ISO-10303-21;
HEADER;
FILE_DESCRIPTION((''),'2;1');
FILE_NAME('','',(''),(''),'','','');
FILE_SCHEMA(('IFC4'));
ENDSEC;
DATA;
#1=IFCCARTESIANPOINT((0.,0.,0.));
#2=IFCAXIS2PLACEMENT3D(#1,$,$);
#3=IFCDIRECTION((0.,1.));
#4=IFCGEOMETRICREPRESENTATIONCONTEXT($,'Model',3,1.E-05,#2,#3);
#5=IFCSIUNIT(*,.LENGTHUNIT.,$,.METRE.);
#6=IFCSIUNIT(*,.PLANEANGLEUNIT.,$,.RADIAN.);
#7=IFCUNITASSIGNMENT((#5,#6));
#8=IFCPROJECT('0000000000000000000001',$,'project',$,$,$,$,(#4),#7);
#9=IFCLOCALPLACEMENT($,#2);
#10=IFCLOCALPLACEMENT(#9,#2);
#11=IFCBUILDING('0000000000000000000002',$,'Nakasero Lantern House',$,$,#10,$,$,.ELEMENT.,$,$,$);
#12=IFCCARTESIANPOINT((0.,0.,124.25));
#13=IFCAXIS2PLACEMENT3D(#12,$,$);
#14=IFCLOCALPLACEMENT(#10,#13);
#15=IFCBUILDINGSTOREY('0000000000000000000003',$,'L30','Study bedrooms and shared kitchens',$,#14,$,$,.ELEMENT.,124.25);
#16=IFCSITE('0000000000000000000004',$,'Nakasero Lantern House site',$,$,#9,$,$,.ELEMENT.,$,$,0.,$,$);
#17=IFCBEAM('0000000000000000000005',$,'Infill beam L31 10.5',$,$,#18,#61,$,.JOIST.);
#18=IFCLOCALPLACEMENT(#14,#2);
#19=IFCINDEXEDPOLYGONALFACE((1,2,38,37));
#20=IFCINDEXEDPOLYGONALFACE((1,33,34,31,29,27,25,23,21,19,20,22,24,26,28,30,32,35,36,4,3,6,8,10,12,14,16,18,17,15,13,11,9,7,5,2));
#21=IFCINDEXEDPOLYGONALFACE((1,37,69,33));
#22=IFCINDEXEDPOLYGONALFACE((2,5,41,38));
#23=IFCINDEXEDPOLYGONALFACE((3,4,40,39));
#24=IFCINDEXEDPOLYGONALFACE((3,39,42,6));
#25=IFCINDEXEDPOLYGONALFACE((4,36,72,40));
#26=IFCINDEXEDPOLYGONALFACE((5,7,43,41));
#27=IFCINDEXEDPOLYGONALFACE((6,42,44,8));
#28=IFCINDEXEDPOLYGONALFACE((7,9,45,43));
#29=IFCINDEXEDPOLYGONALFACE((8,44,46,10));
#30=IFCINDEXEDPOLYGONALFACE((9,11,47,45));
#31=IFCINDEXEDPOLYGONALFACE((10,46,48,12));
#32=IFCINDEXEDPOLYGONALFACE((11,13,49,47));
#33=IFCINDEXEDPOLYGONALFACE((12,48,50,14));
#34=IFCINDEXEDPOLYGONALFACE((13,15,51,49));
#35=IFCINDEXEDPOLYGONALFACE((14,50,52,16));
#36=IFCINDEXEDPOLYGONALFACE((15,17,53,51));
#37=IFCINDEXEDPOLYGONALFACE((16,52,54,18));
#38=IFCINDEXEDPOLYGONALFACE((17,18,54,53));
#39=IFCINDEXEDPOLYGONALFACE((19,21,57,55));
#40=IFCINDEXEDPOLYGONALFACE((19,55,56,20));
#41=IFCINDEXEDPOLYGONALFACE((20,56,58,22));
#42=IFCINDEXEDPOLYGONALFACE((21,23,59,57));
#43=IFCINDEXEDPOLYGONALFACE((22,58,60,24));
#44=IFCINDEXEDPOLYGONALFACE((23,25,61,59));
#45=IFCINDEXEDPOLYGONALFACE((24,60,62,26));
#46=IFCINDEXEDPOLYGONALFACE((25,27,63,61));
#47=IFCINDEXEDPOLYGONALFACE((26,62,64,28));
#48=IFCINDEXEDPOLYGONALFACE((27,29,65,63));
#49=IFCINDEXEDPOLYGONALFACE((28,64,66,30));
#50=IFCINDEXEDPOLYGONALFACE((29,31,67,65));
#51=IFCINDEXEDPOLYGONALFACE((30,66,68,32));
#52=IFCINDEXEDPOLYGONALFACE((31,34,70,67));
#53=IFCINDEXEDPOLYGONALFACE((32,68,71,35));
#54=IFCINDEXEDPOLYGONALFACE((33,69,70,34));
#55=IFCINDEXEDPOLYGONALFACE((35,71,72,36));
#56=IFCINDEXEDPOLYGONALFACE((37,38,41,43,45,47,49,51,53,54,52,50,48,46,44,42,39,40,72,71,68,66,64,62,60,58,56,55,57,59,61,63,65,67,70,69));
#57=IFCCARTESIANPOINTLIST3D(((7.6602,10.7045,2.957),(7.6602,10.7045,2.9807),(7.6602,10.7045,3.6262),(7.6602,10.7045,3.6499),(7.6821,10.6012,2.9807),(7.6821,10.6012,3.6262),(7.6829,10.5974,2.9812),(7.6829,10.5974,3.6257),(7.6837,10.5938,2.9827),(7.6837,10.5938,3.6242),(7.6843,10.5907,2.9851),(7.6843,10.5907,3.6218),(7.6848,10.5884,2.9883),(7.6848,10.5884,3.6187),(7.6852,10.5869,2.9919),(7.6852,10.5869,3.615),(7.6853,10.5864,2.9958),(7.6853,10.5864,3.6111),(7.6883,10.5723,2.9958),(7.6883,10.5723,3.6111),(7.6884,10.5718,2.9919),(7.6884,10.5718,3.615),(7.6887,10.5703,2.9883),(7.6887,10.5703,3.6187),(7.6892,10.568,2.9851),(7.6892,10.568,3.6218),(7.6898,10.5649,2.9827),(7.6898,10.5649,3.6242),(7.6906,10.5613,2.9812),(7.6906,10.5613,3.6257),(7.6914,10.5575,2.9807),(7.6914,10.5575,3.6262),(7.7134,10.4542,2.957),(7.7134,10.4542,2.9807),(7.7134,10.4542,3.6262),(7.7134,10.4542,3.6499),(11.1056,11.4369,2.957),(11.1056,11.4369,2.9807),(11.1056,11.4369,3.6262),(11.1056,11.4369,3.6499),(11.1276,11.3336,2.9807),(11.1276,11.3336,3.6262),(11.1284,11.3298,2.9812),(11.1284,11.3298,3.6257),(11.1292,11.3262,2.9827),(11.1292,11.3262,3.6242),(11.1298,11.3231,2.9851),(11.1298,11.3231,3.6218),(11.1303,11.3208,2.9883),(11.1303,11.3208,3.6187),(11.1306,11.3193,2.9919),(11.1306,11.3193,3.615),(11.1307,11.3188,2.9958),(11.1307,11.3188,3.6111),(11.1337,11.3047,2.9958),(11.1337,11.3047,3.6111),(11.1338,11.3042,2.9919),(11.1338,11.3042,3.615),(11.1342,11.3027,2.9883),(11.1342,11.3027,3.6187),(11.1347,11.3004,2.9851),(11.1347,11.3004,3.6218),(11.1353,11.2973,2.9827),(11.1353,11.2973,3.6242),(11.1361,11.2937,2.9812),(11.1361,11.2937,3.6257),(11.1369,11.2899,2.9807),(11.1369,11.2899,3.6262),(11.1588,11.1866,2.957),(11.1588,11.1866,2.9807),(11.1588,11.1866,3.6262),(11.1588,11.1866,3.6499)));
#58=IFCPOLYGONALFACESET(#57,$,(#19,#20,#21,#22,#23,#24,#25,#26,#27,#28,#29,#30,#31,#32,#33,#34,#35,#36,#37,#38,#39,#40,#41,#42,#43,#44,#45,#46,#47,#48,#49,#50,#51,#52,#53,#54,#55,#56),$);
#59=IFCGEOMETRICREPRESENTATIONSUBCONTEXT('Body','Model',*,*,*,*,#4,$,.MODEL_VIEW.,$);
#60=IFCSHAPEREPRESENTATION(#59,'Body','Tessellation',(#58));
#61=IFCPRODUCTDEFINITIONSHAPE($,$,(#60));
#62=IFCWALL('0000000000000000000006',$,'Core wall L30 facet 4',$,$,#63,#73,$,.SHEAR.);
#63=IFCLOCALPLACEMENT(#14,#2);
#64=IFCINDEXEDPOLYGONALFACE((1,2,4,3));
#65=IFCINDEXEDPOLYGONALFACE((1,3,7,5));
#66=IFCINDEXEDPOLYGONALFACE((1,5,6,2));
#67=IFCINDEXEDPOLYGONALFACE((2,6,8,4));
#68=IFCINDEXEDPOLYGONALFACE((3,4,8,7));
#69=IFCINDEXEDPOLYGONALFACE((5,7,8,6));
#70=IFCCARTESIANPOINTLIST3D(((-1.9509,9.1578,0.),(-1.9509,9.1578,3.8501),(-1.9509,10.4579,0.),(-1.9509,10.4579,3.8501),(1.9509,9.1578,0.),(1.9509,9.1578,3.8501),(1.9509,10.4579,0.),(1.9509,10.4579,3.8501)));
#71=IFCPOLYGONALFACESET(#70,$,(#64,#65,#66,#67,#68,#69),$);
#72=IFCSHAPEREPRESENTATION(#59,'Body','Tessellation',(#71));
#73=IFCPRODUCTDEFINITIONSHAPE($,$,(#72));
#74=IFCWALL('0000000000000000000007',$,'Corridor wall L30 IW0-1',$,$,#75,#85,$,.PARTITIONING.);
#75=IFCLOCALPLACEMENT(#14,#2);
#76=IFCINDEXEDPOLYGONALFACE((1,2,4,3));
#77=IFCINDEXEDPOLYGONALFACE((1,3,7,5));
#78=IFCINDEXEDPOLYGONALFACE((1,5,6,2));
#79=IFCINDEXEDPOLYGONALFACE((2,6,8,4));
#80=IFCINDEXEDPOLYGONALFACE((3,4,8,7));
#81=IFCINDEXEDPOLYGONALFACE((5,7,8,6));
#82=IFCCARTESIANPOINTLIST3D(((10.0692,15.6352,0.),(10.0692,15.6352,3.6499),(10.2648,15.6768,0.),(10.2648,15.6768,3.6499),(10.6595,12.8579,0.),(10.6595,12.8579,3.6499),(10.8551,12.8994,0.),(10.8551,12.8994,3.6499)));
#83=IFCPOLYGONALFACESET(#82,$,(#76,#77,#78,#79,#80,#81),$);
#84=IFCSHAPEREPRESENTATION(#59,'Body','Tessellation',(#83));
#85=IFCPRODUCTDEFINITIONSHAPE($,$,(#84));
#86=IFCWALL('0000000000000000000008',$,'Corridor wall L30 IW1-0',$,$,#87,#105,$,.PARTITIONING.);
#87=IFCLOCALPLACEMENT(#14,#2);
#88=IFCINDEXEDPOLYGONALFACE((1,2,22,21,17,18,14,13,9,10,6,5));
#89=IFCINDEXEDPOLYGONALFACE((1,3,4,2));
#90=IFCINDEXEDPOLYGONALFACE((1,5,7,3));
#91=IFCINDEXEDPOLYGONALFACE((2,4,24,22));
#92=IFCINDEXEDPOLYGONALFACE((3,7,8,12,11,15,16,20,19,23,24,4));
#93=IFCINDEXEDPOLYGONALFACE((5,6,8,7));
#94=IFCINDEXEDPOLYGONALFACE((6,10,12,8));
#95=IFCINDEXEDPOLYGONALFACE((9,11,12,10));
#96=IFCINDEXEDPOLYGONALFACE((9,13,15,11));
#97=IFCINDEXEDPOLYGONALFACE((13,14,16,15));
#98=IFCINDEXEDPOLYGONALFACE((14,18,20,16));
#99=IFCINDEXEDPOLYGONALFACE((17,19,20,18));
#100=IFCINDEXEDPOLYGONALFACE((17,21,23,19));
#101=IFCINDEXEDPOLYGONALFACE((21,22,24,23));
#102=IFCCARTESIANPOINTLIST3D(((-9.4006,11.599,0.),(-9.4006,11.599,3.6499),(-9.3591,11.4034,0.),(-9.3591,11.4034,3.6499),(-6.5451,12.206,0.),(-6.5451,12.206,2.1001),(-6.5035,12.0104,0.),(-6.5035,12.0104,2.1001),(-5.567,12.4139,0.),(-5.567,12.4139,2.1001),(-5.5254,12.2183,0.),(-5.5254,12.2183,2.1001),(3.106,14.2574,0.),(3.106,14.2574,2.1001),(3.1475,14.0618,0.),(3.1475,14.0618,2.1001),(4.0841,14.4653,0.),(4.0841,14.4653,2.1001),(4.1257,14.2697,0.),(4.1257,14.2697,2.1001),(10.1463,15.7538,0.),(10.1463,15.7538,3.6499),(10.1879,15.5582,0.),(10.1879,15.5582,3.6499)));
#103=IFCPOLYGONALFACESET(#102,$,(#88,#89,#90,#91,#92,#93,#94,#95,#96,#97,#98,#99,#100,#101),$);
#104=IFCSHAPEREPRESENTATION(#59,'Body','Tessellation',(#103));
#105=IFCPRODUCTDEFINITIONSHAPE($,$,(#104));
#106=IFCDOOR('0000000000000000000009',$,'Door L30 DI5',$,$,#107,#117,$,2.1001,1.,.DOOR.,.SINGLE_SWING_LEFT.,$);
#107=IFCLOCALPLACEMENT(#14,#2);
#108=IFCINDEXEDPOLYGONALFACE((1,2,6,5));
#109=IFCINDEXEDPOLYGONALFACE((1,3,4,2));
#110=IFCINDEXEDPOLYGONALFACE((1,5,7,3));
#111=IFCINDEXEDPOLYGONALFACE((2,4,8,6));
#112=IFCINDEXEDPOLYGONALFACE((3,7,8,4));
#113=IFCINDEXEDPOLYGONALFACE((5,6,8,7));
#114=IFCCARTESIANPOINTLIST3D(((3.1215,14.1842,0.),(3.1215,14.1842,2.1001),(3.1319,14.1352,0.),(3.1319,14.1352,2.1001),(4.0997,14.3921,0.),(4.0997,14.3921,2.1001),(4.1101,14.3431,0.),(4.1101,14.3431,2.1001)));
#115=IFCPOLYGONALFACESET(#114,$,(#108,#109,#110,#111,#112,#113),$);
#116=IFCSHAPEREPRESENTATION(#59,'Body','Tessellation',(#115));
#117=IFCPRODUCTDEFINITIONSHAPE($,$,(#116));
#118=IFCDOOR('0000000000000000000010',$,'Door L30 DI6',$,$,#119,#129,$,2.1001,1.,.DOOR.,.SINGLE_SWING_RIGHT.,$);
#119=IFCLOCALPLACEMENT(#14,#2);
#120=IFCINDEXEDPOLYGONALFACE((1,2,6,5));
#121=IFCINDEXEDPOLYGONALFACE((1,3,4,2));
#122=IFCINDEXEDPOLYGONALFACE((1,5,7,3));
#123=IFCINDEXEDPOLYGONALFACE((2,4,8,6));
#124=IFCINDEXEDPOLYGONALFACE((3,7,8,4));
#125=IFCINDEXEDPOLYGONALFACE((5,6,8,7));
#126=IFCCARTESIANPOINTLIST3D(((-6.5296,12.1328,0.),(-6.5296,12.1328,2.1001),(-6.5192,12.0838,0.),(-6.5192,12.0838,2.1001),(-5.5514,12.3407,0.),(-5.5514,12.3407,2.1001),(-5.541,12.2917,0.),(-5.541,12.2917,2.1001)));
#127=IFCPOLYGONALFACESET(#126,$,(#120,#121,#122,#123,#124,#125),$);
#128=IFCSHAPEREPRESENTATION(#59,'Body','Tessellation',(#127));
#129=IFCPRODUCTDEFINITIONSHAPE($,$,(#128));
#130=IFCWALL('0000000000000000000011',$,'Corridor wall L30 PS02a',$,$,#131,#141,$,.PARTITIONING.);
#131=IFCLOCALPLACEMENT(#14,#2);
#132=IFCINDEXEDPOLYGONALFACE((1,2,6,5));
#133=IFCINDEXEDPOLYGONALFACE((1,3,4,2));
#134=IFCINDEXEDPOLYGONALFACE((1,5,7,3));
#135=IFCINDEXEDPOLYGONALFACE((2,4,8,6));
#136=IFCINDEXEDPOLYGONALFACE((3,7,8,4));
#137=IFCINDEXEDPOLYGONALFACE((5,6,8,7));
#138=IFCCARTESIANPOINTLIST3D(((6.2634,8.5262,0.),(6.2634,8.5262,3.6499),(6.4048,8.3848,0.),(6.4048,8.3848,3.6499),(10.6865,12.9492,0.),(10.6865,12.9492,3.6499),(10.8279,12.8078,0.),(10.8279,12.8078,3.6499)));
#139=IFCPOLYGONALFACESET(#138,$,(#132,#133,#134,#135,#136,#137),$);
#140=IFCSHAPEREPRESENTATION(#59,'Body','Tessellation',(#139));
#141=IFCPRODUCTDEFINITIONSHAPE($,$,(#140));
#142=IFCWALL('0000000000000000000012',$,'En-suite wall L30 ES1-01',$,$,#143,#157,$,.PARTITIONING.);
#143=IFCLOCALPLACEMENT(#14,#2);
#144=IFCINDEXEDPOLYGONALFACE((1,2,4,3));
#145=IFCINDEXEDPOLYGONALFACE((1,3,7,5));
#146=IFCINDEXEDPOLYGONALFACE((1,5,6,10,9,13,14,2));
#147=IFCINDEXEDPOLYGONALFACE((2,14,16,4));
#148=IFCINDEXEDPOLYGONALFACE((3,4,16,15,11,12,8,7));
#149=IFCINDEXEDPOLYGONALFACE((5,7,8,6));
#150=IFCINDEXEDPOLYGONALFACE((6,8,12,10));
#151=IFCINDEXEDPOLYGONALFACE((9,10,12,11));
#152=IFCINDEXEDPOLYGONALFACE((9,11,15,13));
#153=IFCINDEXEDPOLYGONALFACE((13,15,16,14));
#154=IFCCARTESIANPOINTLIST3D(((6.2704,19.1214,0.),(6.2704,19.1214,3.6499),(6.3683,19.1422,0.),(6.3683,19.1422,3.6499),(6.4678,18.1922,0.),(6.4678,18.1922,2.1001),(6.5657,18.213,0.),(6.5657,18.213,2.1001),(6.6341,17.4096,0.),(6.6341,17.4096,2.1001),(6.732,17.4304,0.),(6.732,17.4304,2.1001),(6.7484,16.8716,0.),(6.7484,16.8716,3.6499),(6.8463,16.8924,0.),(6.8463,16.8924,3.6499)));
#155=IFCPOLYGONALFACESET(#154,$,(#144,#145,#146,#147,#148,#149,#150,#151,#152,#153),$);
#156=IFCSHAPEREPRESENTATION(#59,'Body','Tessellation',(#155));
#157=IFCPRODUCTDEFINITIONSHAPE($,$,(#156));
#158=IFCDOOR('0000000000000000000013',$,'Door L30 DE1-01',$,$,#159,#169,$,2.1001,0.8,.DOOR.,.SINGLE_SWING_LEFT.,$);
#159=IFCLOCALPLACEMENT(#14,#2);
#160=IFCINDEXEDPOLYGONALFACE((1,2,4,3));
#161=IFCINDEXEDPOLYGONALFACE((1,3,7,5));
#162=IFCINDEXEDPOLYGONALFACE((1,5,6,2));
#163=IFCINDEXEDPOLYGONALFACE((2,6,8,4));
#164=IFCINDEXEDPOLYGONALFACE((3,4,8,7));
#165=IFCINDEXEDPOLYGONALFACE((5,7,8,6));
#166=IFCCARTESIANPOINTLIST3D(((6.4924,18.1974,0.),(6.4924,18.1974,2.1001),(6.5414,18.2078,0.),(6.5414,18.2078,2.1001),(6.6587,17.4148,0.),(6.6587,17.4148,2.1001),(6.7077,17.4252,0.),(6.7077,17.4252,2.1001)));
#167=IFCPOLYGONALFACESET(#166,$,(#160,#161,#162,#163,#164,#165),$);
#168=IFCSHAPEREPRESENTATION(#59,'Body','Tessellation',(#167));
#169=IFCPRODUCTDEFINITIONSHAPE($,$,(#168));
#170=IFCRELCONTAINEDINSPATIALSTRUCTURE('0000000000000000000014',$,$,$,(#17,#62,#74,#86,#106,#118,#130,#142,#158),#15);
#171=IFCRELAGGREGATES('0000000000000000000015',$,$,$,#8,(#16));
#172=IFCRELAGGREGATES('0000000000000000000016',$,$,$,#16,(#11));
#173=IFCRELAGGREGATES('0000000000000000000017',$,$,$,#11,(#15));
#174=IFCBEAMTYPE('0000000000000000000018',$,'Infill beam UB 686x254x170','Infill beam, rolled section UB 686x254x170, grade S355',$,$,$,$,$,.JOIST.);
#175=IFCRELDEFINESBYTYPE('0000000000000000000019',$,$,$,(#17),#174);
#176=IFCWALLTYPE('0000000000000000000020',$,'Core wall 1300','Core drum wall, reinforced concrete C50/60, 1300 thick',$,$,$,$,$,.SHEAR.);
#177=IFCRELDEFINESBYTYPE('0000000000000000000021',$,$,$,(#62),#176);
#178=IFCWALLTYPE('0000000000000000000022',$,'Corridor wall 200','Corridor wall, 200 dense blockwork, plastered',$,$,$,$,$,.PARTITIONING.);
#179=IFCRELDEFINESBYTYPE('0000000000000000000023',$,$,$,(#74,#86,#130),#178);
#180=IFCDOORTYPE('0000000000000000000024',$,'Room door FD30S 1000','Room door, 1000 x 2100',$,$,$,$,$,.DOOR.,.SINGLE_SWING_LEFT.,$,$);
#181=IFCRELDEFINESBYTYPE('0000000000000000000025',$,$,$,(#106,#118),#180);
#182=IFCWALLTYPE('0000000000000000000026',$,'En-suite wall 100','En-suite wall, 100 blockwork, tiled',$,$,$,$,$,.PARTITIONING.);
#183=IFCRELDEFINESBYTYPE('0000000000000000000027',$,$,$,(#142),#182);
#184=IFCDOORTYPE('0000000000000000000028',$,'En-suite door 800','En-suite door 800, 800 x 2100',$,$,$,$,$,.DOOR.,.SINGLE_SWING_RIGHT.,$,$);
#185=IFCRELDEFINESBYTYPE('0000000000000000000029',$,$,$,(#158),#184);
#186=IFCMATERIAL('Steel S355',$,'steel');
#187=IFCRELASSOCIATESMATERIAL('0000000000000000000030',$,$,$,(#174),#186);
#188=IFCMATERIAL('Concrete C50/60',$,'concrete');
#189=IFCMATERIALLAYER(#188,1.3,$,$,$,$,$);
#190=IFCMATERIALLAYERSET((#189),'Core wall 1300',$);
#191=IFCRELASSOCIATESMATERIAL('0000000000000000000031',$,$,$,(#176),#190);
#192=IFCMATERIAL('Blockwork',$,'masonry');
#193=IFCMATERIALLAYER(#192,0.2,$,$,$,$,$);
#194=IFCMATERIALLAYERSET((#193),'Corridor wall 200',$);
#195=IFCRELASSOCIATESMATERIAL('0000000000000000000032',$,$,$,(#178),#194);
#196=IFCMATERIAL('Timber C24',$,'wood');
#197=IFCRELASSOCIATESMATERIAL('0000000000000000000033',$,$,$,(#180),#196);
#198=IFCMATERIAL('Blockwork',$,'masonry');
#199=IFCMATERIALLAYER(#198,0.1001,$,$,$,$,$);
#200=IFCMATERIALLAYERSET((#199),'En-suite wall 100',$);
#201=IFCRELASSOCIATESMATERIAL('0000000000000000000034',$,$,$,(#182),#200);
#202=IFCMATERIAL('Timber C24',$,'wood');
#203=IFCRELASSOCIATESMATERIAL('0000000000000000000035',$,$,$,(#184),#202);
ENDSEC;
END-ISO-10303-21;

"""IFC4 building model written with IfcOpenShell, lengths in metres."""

from ifc_helpers import new_model, si_unit, direction, frame, frame_2d, origin, origin_2d, place, context, subcontext, project, spatial, rectangle, i_section, extrude, material, layer, layer_set, material_profile, profile_set, type_object, element, fill, save


model = new_model("IFC4")

# Units and contexts
model_context = context("Model", 3, precision=1e-05, world=origin(), true_north=direction((0.0, 1.0)))
body_context = subcontext(model_context, "Body", "Model", "MODEL_VIEW")
ifc_project = project(units=[si_unit("LENGTHUNIT", "METRE"), si_unit("PLANEANGLEUNIT", "RADIAN")], contexts=[model_context])

# Site, building, storey
site_placement = place(None, origin())
site = spatial("IfcSite", under=ifc_project, at=site_placement, Name="Nakasero Lantern House site", CompositionType="ELEMENT", RefElevation=0.0)
building_placement = place(site_placement, origin())
building = spatial("IfcBuilding", under=site, at=building_placement, Name="Nakasero Lantern House", CompositionType="ELEMENT")
storey_placement = place(building_placement, frame((0.0, 0.0, 124.25)))
storey = spatial("IfcBuildingStorey", under=building, at=storey_placement, Name="L30", Description="Study bedrooms and shared kitchens", CompositionType="ELEMENT", Elevation=124.25)

# Beam
ifc_material_1 = material(Name="Steel S355", Category="steel")
ifc_material_profile_1 = material_profile(ifc_material_1, i_section(OverallWidth=0.2559, OverallDepth=0.6929, WebThickness=0.0144, FlangeThickness=0.0237, FilletRadius=0.0151, at=origin_2d()), Name="UB 686x254x170")
ifc_profile_set_1 = profile_set([ifc_material_profile_1], Name="Steel S355")
beam_type_1 = type_object("IfcBeamType", Name="Infill beam UB 686x254x170", Description="Infill beam, rolled section UB 686x254x170, grade S355", PredefinedType="JOIST", material=ifc_profile_set_1)
beam_1_placement = place(storey_placement, frame((7.6868, 10.5793, 3.3035), z_axis=(0.978145, 0.207924, 0.0), x_axis=(-0.207924, 0.978145, 0.0)))
element("IfcBeam", 1, at=beam_1_placement, inside=storey, type_object=beam_type_1, Name="Infill beam L31 10.5", PredefinedType="JOIST", context=body_context, shape_type="SweptSolid", body=[
    extrude(i_section(OverallWidth=0.2559, OverallDepth=0.6929, WebThickness=0.0144, FlangeThickness=0.0237, FilletRadius=0.0151, at=origin_2d()), origin(), (0.0, 0.0, 1.0), 3.5225),
])

# Walls
ifc_material_2 = material(Name="Concrete C50/60", Category="concrete")
ifc_layer_1 = layer(ifc_material_2, 1.3)
ifc_layer_set_1 = layer_set([ifc_layer_1], Name="Core wall 1300")
wall_type_1 = type_object("IfcWallType", Name="Core wall 1300", Description="Core drum wall, reinforced concrete C50/60, 1300 thick", PredefinedType="SHEAR", material=ifc_layer_set_1)
wall_1_placement = place(storey_placement, frame((1.9509, 9.8079, 0.0), z_axis=(0.0, 0.0, 1.0), x_axis=(-1.0, 0.0, 0.0)))
element("IfcWall", 2, at=wall_1_placement, inside=storey, type_object=wall_type_1, Name="Core wall L30 facet 4", PredefinedType="SHEAR", context=body_context, shape_type="SweptSolid", body=[
    extrude(rectangle(XDim=3.9019, YDim=1.3, at=frame_2d((1.9509, 0.0))), origin(), (0.0, 0.0, 1.0), 3.8501),
])
ifc_material_3 = material(Name="Blockwork", Category="masonry")
ifc_layer_2 = layer(ifc_material_3, 0.2)
ifc_layer_set_2 = layer_set([ifc_layer_2], Name="Corridor wall 200")
wall_type_2 = type_object("IfcWallType", Name="Corridor wall 200", Description="Corridor wall, 200 dense blockwork, plastered", PredefinedType="PARTITIONING", material=ifc_layer_set_2)
wall_2_placement = place(storey_placement, frame((10.7573, 12.8787, 0.0), z_axis=(0.0, 0.0, 1.0), x_axis=(-0.207908, 0.978148, 0.0)))
element("IfcWall", 3, at=wall_2_placement, inside=storey, type_object=wall_type_2, Name="Corridor wall L30 IW0-1", PredefinedType="PARTITIONING", context=body_context, shape_type="SweptSolid", body=[
    extrude(rectangle(XDim=2.8394, YDim=0.2, at=frame_2d((1.4197, 0.0))), origin(), (0.0, 0.0, 1.0), 3.6499),
])

# Wall, openings, doors
wall_3_placement = place(storey_placement, frame((10.167, 15.656, 0.0), z_axis=(0.0, 0.0, 1.0), x_axis=(-0.978148, -0.20791, 0.0)))
wall_3 = element("IfcWall", 4, at=wall_3_placement, inside=storey, type_object=wall_type_2, Name="Corridor wall L30 IW1-0", PredefinedType="PARTITIONING", context=body_context, shape_type="SweptSolid", body=[
    extrude(rectangle(XDim=19.9836, YDim=0.2, at=frame_2d((9.9917, 0.0))), origin(), (0.0, 0.0, 1.0), 3.6499),
])
opening_1_placement = place(wall_3_placement, frame((6.1975, 0.0, 0.0)))
opening_1 = element("IfcOpeningElement", 5, at=opening_1_placement, cuts=wall_3, PredefinedType="OPENING", context=body_context, shape_type="SweptSolid", body=[
    extrude(rectangle(XDim=1.0, YDim=2.1001, at=frame_2d((0.5, 1.05))), frame((0.0, 0.1199, 0.0), z_axis=(0.0, -1.0, 0.0), x_axis=(1.0, 0.0, 0.0)), (0.0, 0.0, 1.0), 0.24),
])
opening_2_placement = place(wall_3_placement, frame((16.0642, 0.0, 0.0)))
opening_2 = element("IfcOpeningElement", 6, at=opening_2_placement, cuts=wall_3, PredefinedType="OPENING", context=body_context, shape_type="SweptSolid", body=[
    extrude(rectangle(XDim=1.0, YDim=2.1001, at=frame_2d((0.5, 1.05))), frame((0.0, 0.1199, 0.0), z_axis=(0.0, -1.0, 0.0), x_axis=(1.0, 0.0, 0.0)), (0.0, 0.0, 1.0), 0.24),
])
ifc_material_4 = material(Name="Timber C24", Category="wood")
door_type_1 = type_object("IfcDoorType", Name="Room door FD30S 1000", Description="Room door, 1000 x 2100", OperationType="SINGLE_SWING_LEFT", PredefinedType="DOOR", material=ifc_material_4)
door_1_placement = place(opening_1_placement, origin())
door_1 = element("IfcDoor", 7, at=door_1_placement, inside=storey, type_object=door_type_1, Name="Door L30 DI5", OperationType="SINGLE_SWING_LEFT", OverallHeight=2.1001, OverallWidth=1.0, PredefinedType="DOOR", context=body_context, shape_type="SweptSolid", body=[
    extrude(rectangle(XDim=1.0, YDim=2.1001, at=frame_2d((0.5, 1.05))), frame((0.0, 0.0249, 0.0), z_axis=(0.0, -1.0, 0.0), x_axis=(1.0, 0.0, 0.0)), (0.0, 0.0, 1.0), 0.05),
])
fill(opening_1, door_1)
door_2_placement = place(opening_2_placement, origin())
door_2 = element("IfcDoor", 8, at=door_2_placement, inside=storey, type_object=door_type_1, Name="Door L30 DI6", OperationType="SINGLE_SWING_RIGHT", OverallHeight=2.1001, OverallWidth=1.0, PredefinedType="DOOR", context=body_context, shape_type="SweptSolid", body=[
    extrude(rectangle(XDim=1.0, YDim=2.1001, at=frame_2d((0.5, 1.05))), frame((0.0, 0.0249, 0.0), z_axis=(0.0, -1.0, 0.0), x_axis=(1.0, 0.0, 0.0)), (0.0, 0.0, 1.0), 0.05),
])
fill(opening_2, door_2)

# Wall
wall_4_placement = place(storey_placement, frame((6.3342, 8.4556, 0.0), z_axis=(0.0, 0.0, 1.0), x_axis=(0.707107, 0.707107, 0.0)))
element("IfcWall", 9, at=wall_4_placement, inside=storey, type_object=wall_type_2, Name="Corridor wall L30 PS02a", PredefinedType="PARTITIONING", context=body_context, shape_type="SweptSolid", body=[
    extrude(rectangle(XDim=6.2551, YDim=0.2, at=frame_2d((3.1274, 0.0))), origin(), (0.0, 0.0, 1.0), 3.6499),
])

# Wall, opening, door
ifc_material_5 = material(Name="Blockwork", Category="masonry")
ifc_layer_3 = layer(ifc_material_5, 0.1001)
ifc_layer_set_3 = layer_set([ifc_layer_3], Name="En-suite wall 100")
wall_type_3 = type_object("IfcWallType", Name="En-suite wall 100", Description="En-suite wall, 100 blockwork, tiled", PredefinedType="PARTITIONING", material=ifc_layer_set_3)
wall_5_placement = place(storey_placement, frame((6.7974, 16.8821, 0.0), z_axis=(0.0, 0.0, 1.0), x_axis=(-0.20784, 0.978163, 0.0)))
wall_5 = element("IfcWall", 10, at=wall_5_placement, inside=storey, type_object=wall_type_3, Name="En-suite wall L30 ES1-01", PredefinedType="PARTITIONING", context=body_context, shape_type="SweptSolid", body=[
    extrude(rectangle(XDim=2.3, YDim=0.1001, at=frame_2d((1.1499, 0.0))), origin(), (0.0, 0.0, 1.0), 3.6499),
])
opening_3_placement = place(wall_5_placement, frame((0.55, 0.0, 0.0)))
opening_3 = element("IfcOpeningElement", 11, at=opening_3_placement, cuts=wall_5, PredefinedType="OPENING", context=body_context, shape_type="SweptSolid", body=[
    extrude(rectangle(XDim=0.8, YDim=2.1001, at=frame_2d((0.3999, 1.05))), frame((0.0, 0.0701, 0.0), z_axis=(0.0, -1.0, 0.0), x_axis=(1.0, 0.0, 0.0)), (0.0, 0.0, 1.0), 0.1401),
])
ifc_material_6 = material(Name="Timber C24", Category="wood")
door_type_2 = type_object("IfcDoorType", Name="En-suite door 800", Description="En-suite door 800, 800 x 2100", OperationType="SINGLE_SWING_RIGHT", PredefinedType="DOOR", material=ifc_material_6)
door_3_placement = place(opening_3_placement, origin())
door_3 = element("IfcDoor", 12, at=door_3_placement, inside=storey, type_object=door_type_2, Name="Door L30 DE1-01", OperationType="SINGLE_SWING_LEFT", OverallHeight=2.1001, OverallWidth=0.8, PredefinedType="DOOR", context=body_context, shape_type="SweptSolid", body=[
    extrude(rectangle(XDim=0.8, YDim=2.1001, at=frame_2d((0.3999, 1.05))), frame((0.0, 0.0249, 0.0), z_axis=(0.0, -1.0, 0.0), x_axis=(1.0, 0.0, 0.0)), (0.0, 0.0, 1.0), 0.05),
])
fill(opening_3, door_3)

save(model, "model.ifc")
